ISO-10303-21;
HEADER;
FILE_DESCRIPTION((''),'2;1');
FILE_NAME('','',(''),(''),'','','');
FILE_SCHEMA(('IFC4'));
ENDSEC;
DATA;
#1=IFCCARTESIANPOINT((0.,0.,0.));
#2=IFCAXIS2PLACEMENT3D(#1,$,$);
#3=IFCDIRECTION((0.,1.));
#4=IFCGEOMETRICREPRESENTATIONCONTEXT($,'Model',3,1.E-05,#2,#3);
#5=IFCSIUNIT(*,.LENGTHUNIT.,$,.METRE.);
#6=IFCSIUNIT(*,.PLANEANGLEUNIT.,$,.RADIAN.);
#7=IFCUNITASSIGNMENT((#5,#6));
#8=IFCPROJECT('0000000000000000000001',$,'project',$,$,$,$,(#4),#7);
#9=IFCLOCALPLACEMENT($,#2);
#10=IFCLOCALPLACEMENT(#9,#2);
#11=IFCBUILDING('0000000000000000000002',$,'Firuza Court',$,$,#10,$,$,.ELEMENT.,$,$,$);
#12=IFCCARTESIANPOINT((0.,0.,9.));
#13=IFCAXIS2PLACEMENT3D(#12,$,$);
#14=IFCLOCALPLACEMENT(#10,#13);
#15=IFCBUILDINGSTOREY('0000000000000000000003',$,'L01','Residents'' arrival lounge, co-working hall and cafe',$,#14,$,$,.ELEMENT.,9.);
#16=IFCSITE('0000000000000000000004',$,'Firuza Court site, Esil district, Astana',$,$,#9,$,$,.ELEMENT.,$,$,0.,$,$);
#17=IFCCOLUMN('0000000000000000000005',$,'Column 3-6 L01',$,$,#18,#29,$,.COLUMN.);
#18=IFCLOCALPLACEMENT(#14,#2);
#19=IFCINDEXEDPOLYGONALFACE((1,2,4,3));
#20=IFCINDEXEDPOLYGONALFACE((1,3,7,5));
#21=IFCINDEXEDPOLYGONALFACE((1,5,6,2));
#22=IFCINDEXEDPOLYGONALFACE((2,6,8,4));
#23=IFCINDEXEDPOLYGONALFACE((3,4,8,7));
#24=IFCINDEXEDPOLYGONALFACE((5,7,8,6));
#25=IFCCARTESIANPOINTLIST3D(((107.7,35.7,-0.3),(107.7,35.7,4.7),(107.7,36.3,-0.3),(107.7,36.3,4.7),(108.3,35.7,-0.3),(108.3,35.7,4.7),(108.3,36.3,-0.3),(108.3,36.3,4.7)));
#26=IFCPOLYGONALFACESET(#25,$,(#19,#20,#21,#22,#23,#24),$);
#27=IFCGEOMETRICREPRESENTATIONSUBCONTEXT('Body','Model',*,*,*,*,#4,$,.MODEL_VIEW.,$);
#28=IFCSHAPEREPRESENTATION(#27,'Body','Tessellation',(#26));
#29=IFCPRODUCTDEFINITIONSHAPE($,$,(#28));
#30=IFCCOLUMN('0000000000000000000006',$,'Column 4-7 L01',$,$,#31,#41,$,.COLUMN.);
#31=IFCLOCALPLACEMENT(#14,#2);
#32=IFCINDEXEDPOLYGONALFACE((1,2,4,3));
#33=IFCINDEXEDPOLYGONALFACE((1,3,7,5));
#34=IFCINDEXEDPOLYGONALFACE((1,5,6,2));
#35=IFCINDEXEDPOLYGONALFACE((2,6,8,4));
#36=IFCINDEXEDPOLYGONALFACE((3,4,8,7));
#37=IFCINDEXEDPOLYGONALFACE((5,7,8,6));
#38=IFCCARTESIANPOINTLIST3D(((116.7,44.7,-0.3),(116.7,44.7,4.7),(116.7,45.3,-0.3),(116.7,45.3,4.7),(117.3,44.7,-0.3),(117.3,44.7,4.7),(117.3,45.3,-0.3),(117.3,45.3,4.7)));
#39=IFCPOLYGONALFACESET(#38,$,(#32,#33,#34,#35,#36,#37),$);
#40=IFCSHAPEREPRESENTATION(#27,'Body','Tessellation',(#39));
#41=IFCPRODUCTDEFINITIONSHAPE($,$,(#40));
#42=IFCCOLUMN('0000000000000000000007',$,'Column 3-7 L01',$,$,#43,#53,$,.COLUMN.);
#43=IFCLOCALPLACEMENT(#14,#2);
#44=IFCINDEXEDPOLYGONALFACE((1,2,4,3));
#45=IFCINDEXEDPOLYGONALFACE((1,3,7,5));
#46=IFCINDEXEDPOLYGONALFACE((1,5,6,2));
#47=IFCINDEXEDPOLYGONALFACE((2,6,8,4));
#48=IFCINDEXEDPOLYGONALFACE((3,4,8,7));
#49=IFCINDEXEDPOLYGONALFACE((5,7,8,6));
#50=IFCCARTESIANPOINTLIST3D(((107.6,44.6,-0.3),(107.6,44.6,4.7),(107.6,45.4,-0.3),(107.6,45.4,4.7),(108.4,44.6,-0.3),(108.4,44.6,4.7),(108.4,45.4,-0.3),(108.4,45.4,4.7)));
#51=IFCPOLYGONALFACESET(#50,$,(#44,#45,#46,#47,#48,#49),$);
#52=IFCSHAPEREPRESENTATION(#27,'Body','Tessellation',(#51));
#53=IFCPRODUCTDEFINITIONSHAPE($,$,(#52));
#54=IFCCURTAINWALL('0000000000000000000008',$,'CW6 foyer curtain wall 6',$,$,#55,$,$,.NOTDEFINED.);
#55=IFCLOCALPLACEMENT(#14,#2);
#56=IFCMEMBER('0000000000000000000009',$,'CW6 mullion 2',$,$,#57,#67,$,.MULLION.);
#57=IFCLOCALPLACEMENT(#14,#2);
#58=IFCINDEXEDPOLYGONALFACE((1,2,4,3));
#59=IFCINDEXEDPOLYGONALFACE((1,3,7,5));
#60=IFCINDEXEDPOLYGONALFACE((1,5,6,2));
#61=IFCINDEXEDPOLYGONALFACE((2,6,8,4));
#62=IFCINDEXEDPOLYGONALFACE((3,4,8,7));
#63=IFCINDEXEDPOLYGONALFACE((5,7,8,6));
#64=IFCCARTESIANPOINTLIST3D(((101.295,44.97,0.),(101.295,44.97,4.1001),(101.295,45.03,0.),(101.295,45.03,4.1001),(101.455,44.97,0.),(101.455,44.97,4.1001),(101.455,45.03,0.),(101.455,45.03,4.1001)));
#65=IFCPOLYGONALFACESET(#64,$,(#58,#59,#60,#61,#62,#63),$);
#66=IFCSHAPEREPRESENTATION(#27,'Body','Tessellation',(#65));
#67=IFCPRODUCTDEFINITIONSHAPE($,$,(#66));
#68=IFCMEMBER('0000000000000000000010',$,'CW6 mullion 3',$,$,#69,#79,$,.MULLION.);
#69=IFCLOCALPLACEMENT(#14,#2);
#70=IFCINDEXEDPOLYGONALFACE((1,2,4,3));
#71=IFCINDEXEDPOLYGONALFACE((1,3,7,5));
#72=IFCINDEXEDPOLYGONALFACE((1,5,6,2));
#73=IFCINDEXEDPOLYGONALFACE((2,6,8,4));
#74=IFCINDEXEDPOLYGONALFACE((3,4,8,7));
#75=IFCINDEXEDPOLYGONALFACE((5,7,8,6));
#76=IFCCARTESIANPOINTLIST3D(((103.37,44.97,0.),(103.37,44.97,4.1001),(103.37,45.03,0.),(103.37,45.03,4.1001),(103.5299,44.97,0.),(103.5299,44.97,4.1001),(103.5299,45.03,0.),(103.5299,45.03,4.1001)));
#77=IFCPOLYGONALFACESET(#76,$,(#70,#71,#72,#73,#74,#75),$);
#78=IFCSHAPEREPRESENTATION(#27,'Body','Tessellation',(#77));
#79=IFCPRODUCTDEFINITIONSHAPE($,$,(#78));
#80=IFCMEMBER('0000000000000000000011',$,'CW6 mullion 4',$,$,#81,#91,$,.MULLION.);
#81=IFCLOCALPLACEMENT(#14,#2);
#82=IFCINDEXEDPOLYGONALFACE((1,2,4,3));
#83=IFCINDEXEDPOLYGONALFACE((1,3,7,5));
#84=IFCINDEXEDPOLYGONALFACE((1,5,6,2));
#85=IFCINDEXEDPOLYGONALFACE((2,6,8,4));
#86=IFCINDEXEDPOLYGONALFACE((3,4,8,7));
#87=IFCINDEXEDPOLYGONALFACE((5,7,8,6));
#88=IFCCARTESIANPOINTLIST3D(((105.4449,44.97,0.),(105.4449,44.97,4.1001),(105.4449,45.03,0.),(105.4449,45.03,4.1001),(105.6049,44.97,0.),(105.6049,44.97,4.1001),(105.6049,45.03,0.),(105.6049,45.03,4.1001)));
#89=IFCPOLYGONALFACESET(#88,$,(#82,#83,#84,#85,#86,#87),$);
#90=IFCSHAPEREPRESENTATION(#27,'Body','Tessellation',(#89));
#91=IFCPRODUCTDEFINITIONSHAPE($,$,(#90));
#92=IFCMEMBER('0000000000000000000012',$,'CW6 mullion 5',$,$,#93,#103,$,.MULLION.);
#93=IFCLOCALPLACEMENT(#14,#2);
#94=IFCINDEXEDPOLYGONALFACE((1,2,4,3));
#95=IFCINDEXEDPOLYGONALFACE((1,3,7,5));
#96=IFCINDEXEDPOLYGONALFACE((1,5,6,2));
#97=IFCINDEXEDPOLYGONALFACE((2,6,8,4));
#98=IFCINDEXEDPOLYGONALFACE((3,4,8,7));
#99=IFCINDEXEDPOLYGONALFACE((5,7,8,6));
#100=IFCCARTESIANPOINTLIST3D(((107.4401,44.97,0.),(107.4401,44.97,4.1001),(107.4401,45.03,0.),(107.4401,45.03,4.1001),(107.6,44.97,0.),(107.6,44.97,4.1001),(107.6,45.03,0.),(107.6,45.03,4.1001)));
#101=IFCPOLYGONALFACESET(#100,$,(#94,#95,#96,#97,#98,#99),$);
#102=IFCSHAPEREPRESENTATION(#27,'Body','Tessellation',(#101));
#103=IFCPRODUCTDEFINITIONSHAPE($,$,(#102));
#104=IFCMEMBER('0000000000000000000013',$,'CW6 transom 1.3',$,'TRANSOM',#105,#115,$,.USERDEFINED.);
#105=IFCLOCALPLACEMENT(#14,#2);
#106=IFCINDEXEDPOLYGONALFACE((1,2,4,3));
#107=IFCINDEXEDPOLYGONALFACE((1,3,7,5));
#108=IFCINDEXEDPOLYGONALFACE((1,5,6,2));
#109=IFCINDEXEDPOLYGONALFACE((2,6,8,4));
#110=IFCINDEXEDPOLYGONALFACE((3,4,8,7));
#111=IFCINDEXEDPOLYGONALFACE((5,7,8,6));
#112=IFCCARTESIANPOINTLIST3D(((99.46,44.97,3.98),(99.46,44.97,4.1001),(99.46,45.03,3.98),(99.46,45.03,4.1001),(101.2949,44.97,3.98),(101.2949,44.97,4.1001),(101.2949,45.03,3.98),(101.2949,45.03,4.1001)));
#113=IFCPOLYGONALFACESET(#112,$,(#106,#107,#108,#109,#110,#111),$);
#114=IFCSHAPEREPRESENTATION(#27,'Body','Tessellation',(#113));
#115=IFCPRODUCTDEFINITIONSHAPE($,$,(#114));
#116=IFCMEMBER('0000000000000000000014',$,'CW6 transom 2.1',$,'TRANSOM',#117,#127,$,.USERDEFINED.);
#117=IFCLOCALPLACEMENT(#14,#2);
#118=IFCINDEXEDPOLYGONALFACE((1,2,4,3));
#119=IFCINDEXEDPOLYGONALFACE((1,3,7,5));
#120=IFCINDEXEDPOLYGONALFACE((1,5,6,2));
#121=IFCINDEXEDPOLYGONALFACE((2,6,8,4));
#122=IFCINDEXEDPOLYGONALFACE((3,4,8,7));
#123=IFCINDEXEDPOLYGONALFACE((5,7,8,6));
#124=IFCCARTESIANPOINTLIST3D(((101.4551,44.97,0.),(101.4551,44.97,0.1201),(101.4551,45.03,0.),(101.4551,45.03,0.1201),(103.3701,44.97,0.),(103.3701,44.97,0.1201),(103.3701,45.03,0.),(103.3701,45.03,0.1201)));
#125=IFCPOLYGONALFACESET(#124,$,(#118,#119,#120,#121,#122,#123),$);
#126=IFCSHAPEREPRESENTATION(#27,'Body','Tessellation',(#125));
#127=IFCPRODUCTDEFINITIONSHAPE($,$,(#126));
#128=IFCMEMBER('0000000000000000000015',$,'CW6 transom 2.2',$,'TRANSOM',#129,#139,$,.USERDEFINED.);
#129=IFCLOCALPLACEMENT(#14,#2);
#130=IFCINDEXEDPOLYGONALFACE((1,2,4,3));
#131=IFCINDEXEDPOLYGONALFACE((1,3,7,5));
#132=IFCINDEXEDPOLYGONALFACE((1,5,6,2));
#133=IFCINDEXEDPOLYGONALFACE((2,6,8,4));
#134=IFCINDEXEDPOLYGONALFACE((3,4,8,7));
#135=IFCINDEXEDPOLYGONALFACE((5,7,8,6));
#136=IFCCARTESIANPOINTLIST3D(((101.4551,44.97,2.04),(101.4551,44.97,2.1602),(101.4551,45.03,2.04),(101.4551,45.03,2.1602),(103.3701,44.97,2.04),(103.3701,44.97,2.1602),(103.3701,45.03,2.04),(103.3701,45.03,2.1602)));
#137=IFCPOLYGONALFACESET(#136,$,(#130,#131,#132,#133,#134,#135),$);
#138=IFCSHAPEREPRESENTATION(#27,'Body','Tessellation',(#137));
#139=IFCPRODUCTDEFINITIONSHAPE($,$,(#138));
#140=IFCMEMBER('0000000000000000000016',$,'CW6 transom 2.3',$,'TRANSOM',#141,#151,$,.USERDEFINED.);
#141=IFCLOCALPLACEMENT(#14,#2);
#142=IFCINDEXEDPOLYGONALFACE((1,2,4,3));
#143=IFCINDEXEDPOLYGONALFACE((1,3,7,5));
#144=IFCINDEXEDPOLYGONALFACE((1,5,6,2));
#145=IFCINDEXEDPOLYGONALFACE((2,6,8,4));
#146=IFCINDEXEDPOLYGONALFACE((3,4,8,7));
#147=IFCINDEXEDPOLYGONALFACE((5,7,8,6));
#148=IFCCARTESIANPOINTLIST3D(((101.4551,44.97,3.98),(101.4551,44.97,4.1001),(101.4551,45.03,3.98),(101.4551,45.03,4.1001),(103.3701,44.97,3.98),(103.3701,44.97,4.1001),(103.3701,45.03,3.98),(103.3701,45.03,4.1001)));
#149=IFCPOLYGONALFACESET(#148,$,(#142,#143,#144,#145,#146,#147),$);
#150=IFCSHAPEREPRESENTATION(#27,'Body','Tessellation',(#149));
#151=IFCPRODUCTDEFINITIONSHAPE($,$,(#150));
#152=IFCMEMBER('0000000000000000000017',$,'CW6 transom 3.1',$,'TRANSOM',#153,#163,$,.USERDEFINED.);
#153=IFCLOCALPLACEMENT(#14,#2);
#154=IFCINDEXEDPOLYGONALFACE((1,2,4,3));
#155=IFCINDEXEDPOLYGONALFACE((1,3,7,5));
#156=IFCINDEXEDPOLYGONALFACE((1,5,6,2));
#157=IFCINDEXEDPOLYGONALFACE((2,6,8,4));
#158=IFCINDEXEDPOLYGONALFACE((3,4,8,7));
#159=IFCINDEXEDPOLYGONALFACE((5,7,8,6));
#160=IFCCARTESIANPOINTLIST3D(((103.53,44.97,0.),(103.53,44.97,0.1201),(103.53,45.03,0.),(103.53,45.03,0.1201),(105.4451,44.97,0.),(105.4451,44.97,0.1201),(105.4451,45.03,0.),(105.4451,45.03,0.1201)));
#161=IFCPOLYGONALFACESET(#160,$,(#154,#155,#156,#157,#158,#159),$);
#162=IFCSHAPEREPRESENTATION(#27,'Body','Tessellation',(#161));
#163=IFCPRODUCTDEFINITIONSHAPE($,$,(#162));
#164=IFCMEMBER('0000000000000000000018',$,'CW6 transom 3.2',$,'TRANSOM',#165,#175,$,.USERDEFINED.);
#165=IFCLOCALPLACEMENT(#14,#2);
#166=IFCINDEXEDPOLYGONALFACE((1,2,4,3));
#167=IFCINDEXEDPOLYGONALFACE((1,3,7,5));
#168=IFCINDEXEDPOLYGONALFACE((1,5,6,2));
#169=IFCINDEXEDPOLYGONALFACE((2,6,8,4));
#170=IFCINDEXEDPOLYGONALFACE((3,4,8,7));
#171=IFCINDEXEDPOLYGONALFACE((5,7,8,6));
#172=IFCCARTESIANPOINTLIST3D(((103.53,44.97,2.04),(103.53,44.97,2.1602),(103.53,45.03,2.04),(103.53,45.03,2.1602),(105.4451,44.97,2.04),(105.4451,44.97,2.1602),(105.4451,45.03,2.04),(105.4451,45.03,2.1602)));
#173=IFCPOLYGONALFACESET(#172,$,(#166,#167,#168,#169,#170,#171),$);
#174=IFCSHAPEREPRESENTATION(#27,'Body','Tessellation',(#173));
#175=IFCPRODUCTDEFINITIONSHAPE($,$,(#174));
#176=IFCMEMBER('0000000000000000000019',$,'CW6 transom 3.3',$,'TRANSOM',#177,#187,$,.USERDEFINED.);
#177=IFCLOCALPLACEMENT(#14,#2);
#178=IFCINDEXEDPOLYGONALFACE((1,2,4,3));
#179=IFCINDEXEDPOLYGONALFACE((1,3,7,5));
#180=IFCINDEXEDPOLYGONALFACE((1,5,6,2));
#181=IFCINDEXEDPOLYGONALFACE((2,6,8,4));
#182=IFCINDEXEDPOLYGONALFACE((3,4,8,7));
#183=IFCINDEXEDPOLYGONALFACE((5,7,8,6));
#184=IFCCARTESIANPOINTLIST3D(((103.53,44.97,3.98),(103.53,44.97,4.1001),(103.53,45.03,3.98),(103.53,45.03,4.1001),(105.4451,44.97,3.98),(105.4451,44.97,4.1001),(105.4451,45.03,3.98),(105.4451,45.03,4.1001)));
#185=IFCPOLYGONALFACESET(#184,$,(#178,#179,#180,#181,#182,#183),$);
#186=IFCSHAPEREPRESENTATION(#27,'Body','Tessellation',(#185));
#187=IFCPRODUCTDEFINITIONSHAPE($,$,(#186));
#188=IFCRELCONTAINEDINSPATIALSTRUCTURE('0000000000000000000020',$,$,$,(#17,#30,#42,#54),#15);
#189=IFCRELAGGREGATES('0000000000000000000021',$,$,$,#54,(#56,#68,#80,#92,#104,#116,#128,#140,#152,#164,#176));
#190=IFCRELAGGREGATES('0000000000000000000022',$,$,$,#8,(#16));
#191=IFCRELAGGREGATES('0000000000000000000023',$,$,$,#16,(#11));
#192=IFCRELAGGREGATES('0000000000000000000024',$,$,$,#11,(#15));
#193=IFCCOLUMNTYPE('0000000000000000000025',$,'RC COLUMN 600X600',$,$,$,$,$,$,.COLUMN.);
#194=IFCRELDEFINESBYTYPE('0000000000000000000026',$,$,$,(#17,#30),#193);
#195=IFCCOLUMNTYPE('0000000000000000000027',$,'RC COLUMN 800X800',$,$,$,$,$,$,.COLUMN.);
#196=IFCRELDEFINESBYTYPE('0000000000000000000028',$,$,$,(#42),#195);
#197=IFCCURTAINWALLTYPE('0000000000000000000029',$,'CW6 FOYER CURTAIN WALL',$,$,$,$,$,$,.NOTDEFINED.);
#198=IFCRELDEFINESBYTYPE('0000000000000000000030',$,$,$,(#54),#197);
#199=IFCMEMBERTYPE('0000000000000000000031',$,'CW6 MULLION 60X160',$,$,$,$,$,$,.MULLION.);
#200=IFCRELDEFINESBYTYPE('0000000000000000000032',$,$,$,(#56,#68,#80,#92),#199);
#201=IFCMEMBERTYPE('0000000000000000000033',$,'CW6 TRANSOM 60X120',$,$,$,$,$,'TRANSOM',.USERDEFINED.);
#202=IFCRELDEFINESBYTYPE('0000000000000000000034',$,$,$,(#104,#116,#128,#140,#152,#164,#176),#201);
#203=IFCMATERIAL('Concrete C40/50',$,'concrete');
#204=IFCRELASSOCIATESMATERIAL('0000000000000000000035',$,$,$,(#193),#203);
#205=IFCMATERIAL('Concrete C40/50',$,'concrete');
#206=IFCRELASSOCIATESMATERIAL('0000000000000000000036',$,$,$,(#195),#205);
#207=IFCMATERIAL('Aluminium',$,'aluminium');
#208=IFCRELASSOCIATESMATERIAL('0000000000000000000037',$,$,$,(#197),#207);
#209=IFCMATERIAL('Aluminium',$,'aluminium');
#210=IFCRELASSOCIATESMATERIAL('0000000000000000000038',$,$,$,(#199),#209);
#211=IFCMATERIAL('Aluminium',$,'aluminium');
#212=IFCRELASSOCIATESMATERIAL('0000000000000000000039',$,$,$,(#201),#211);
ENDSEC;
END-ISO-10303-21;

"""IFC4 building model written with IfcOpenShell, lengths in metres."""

from ifc_helpers import new_model, si_unit, direction, frame, origin, origin_2d, place, context, subcontext, project, spatial, rectangle, extrude, material, material_profile, profile_set, type_object, element, aggregate, save


model = new_model("IFC4")

# Units and contexts
model_context = context("Model", 3, precision=1e-05, world=origin(), true_north=direction((0.0, 1.0)))
body_context = subcontext(model_context, "Body", "Model", "MODEL_VIEW")
ifc_project = project(units=[si_unit("LENGTHUNIT", "METRE"), si_unit("PLANEANGLEUNIT", "RADIAN")], contexts=[model_context])

# Site, building, storey
site_placement = place(None, origin())
site = spatial("IfcSite", under=ifc_project, at=site_placement, Name="Firuza Court site, Esil district, Astana", CompositionType="ELEMENT", RefElevation=0.0)
building_placement = place(site_placement, origin())
building = spatial("IfcBuilding", under=site, at=building_placement, Name="Firuza Court", CompositionType="ELEMENT")
storey_placement = place(building_placement, frame((0.0, 0.0, 9.0)))
storey = spatial("IfcBuildingStorey", under=building, at=storey_placement, Name="L01", Description="Residents' arrival lounge, co-working hall and cafe", CompositionType="ELEMENT", Elevation=9.0)

# Columns
ifc_material_1 = material(Name="Concrete C40/50", Category="concrete")
ifc_material_profile_1 = material_profile(ifc_material_1, rectangle(XDim=0.6001, YDim=0.6001, at=origin_2d()), Name="RC 600X600")
ifc_profile_set_1 = profile_set([ifc_material_profile_1], Name="Concrete C40/50")
column_type_1 = type_object("IfcColumnType", Name="RC COLUMN 600X600", PredefinedType="COLUMN", material=ifc_profile_set_1)
for number, where, z_axis, x_axis, name in (
    (1, (108.0, 36.0, -0.3), (0.0, 0.0, 1.0), (1.0, 0.0, 0.0), "Column 3-6 L01"),
    (2, (117.0, 45.0, -0.3), (0.0, 0.0, 1.0), (1.0, 0.0, 0.0), "Column 4-7 L01"),
):
    element("IfcColumn", number, at=place(storey_placement, frame(where, z_axis=z_axis, x_axis=x_axis)), inside=storey, type_object=column_type_1, Name=name, PredefinedType="COLUMN", context=body_context, shape_type="SweptSolid", body=[
        extrude(rectangle(XDim=0.6001, YDim=0.6001, at=origin_2d()), origin(), (0.0, 0.0, 1.0), 5.0),
    ])
ifc_material_2 = material(Name="Concrete C40/50", Category="concrete")
ifc_material_profile_2 = material_profile(ifc_material_2, rectangle(XDim=0.8, YDim=0.8, at=origin_2d()), Name="RC 800X800")
ifc_profile_set_2 = profile_set([ifc_material_profile_2], Name="Concrete C40/50")
column_type_2 = type_object("IfcColumnType", Name="RC COLUMN 800X800", PredefinedType="COLUMN", material=ifc_profile_set_2)
column_placement = place(storey_placement, frame((108.0, 45.0, -0.3), z_axis=(0.0, 0.0, 1.0), x_axis=(1.0, 0.0, 0.0)))
element("IfcColumn", 3, at=column_placement, inside=storey, type_object=column_type_2, Name="Column 3-7 L01", PredefinedType="COLUMN", context=body_context, shape_type="SweptSolid", body=[
    extrude(rectangle(XDim=0.8, YDim=0.8, at=origin_2d()), origin(), (0.0, 0.0, 1.0), 5.0),
])

# Curtain wall, members
ifc_material_3 = material(Name="Aluminium", Category="aluminium")
curtain_wall_type = type_object("IfcCurtainWallType", Name="CW6 FOYER CURTAIN WALL", PredefinedType="NOTDEFINED", material=ifc_material_3)
curtain_wall_placement = place(storey_placement, origin())
curtain_wall = element("IfcCurtainWall", 4, at=curtain_wall_placement, inside=storey, type_object=curtain_wall_type, Name="CW6 foyer curtain wall 6", PredefinedType="NOTDEFINED")
ifc_material_4 = material(Name="Aluminium", Category="aluminium")
ifc_material_profile_3 = material_profile(ifc_material_4, rectangle(XDim=0.0601, YDim=0.1599, at=origin_2d()), Name="MULLION 60X160")
ifc_profile_set_3 = profile_set([ifc_material_profile_3], Name="Aluminium")
member_type_1 = type_object("IfcMemberType", Name="CW6 MULLION 60X160", PredefinedType="MULLION", material=ifc_profile_set_3)
member_1_placement = place(storey_placement, frame((101.375, 45.0, 0.0), z_axis=(0.0, 0.0, 1.0), x_axis=(0.0, 1.0, 0.0)))
member_1 = element("IfcMember", 5, at=member_1_placement, type_object=member_type_1, Name="CW6 mullion 2", PredefinedType="MULLION", context=body_context, shape_type="SweptSolid", body=[
    extrude(rectangle(XDim=0.0601, YDim=0.1599, at=origin_2d()), origin(), (0.0, 0.0, 1.0), 4.1001),
])
member_2_placement = place(storey_placement, frame((103.45, 45.0, 0.0), z_axis=(0.0, 0.0, 1.0), x_axis=(0.0, 1.0, 0.0)))
member_2 = element("IfcMember", 6, at=member_2_placement, type_object=member_type_1, Name="CW6 mullion 3", PredefinedType="MULLION", context=body_context, shape_type="SweptSolid", body=[
    extrude(rectangle(XDim=0.0601, YDim=0.1599, at=origin_2d()), origin(), (0.0, 0.0, 1.0), 4.1001),
])
member_3_placement = place(storey_placement, frame((105.5249, 45.0, 0.0), z_axis=(0.0, 0.0, 1.0), x_axis=(0.0, 1.0, 0.0)))
member_3 = element("IfcMember", 7, at=member_3_placement, type_object=member_type_1, Name="CW6 mullion 4", PredefinedType="MULLION", context=body_context, shape_type="SweptSolid", body=[
    extrude(rectangle(XDim=0.0601, YDim=0.1599, at=origin_2d()), origin(), (0.0, 0.0, 1.0), 4.1001),
])
member_4_placement = place(storey_placement, frame((107.52, 45.0, 0.0), z_axis=(0.0, 0.0, 1.0), x_axis=(0.0, 1.0, 0.0)))
member_4 = element("IfcMember", 8, at=member_4_placement, type_object=member_type_1, Name="CW6 mullion 5", PredefinedType="MULLION", context=body_context, shape_type="SweptSolid", body=[
    extrude(rectangle(XDim=0.0601, YDim=0.1599, at=origin_2d()), origin(), (0.0, 0.0, 1.0), 4.1001),
])
ifc_material_5 = material(Name="Aluminium", Category="aluminium")
ifc_material_profile_4 = material_profile(ifc_material_5, rectangle(XDim=0.0601, YDim=0.1201, at=origin_2d()), Name="TRANSOM 60X120")
ifc_profile_set_4 = profile_set([ifc_material_profile_4], Name="Aluminium")
member_type_2 = type_object("IfcMemberType", Name="CW6 TRANSOM 60X120", ElementType="TRANSOM", PredefinedType="USERDEFINED", material=ifc_profile_set_4)
member_5_placement = place(storey_placement, frame((99.46, 45.0, 4.04), z_axis=(1.0, 0.0, 0.0), x_axis=(0.0, 1.0, 0.0)))
member_5 = element("IfcMember", 9, at=member_5_placement, type_object=member_type_2, Name="CW6 transom 1.3", ObjectType="TRANSOM", PredefinedType="USERDEFINED", context=body_context, shape_type="SweptSolid", body=[
    extrude(rectangle(XDim=0.0601, YDim=0.1201, at=origin_2d()), origin(), (0.0, 0.0, 1.0), 1.835),
])
member_6_placement = place(storey_placement, frame((101.4551, 45.0, 0.0601), z_axis=(1.0, 0.0, 0.0), x_axis=(0.0, 1.0, 0.0)))
member_6 = element("IfcMember", 10, at=member_6_placement, type_object=member_type_2, Name="CW6 transom 2.1", ObjectType="TRANSOM", PredefinedType="USERDEFINED", context=body_context, shape_type="SweptSolid", body=[
    extrude(rectangle(XDim=0.0601, YDim=0.1201, at=origin_2d()), origin(), (0.0, 0.0, 1.0), 1.915),
])
member_7_placement = place(storey_placement, frame((101.4551, 45.0, 2.1001), z_axis=(1.0, 0.0, 0.0), x_axis=(0.0, 1.0, 0.0)))
member_7 = element("IfcMember", 11, at=member_7_placement, type_object=member_type_2, Name="CW6 transom 2.2", ObjectType="TRANSOM", PredefinedType="USERDEFINED", context=body_context, shape_type="SweptSolid", body=[
    extrude(rectangle(XDim=0.0601, YDim=0.1201, at=origin_2d()), origin(), (0.0, 0.0, 1.0), 1.915),
])
member_8_placement = place(storey_placement, frame((101.4551, 45.0, 4.04), z_axis=(1.0, 0.0, 0.0), x_axis=(0.0, 1.0, 0.0)))
member_8 = element("IfcMember", 12, at=member_8_placement, type_object=member_type_2, Name="CW6 transom 2.3", ObjectType="TRANSOM", PredefinedType="USERDEFINED", context=body_context, shape_type="SweptSolid", body=[
    extrude(rectangle(XDim=0.0601, YDim=0.1201, at=origin_2d()), origin(), (0.0, 0.0, 1.0), 1.915),
])
member_9_placement = place(storey_placement, frame((103.53, 45.0, 0.0601), z_axis=(1.0, 0.0, 0.0), x_axis=(0.0, 1.0, 0.0)))
member_9 = element("IfcMember", 13, at=member_9_placement, type_object=member_type_2, Name="CW6 transom 3.1", ObjectType="TRANSOM", PredefinedType="USERDEFINED", context=body_context, shape_type="SweptSolid", body=[
    extrude(rectangle(XDim=0.0601, YDim=0.1201, at=origin_2d()), origin(), (0.0, 0.0, 1.0), 1.915),
])
member_10_placement = place(storey_placement, frame((103.53, 45.0, 2.1001), z_axis=(1.0, 0.0, 0.0), x_axis=(0.0, 1.0, 0.0)))
member_10 = element("IfcMember", 14, at=member_10_placement, type_object=member_type_2, Name="CW6 transom 3.2", ObjectType="TRANSOM", PredefinedType="USERDEFINED", context=body_context, shape_type="SweptSolid", body=[
    extrude(rectangle(XDim=0.0601, YDim=0.1201, at=origin_2d()), origin(), (0.0, 0.0, 1.0), 1.915),
])
member_11_placement = place(storey_placement, frame((103.53, 45.0, 4.04), z_axis=(1.0, 0.0, 0.0), x_axis=(0.0, 1.0, 0.0)))
member_11 = element("IfcMember", 15, at=member_11_placement, type_object=member_type_2, Name="CW6 transom 3.3", ObjectType="TRANSOM", PredefinedType="USERDEFINED", context=body_context, shape_type="SweptSolid", body=[
    extrude(rectangle(XDim=0.0601, YDim=0.1201, at=origin_2d()), origin(), (0.0, 0.0, 1.0), 1.915),
])
aggregate(curtain_wall, [member_1, member_2, member_3, member_4, member_5, member_6, member_7, member_8, member_9, member_10, member_11])

save(model, "model.ifc")
